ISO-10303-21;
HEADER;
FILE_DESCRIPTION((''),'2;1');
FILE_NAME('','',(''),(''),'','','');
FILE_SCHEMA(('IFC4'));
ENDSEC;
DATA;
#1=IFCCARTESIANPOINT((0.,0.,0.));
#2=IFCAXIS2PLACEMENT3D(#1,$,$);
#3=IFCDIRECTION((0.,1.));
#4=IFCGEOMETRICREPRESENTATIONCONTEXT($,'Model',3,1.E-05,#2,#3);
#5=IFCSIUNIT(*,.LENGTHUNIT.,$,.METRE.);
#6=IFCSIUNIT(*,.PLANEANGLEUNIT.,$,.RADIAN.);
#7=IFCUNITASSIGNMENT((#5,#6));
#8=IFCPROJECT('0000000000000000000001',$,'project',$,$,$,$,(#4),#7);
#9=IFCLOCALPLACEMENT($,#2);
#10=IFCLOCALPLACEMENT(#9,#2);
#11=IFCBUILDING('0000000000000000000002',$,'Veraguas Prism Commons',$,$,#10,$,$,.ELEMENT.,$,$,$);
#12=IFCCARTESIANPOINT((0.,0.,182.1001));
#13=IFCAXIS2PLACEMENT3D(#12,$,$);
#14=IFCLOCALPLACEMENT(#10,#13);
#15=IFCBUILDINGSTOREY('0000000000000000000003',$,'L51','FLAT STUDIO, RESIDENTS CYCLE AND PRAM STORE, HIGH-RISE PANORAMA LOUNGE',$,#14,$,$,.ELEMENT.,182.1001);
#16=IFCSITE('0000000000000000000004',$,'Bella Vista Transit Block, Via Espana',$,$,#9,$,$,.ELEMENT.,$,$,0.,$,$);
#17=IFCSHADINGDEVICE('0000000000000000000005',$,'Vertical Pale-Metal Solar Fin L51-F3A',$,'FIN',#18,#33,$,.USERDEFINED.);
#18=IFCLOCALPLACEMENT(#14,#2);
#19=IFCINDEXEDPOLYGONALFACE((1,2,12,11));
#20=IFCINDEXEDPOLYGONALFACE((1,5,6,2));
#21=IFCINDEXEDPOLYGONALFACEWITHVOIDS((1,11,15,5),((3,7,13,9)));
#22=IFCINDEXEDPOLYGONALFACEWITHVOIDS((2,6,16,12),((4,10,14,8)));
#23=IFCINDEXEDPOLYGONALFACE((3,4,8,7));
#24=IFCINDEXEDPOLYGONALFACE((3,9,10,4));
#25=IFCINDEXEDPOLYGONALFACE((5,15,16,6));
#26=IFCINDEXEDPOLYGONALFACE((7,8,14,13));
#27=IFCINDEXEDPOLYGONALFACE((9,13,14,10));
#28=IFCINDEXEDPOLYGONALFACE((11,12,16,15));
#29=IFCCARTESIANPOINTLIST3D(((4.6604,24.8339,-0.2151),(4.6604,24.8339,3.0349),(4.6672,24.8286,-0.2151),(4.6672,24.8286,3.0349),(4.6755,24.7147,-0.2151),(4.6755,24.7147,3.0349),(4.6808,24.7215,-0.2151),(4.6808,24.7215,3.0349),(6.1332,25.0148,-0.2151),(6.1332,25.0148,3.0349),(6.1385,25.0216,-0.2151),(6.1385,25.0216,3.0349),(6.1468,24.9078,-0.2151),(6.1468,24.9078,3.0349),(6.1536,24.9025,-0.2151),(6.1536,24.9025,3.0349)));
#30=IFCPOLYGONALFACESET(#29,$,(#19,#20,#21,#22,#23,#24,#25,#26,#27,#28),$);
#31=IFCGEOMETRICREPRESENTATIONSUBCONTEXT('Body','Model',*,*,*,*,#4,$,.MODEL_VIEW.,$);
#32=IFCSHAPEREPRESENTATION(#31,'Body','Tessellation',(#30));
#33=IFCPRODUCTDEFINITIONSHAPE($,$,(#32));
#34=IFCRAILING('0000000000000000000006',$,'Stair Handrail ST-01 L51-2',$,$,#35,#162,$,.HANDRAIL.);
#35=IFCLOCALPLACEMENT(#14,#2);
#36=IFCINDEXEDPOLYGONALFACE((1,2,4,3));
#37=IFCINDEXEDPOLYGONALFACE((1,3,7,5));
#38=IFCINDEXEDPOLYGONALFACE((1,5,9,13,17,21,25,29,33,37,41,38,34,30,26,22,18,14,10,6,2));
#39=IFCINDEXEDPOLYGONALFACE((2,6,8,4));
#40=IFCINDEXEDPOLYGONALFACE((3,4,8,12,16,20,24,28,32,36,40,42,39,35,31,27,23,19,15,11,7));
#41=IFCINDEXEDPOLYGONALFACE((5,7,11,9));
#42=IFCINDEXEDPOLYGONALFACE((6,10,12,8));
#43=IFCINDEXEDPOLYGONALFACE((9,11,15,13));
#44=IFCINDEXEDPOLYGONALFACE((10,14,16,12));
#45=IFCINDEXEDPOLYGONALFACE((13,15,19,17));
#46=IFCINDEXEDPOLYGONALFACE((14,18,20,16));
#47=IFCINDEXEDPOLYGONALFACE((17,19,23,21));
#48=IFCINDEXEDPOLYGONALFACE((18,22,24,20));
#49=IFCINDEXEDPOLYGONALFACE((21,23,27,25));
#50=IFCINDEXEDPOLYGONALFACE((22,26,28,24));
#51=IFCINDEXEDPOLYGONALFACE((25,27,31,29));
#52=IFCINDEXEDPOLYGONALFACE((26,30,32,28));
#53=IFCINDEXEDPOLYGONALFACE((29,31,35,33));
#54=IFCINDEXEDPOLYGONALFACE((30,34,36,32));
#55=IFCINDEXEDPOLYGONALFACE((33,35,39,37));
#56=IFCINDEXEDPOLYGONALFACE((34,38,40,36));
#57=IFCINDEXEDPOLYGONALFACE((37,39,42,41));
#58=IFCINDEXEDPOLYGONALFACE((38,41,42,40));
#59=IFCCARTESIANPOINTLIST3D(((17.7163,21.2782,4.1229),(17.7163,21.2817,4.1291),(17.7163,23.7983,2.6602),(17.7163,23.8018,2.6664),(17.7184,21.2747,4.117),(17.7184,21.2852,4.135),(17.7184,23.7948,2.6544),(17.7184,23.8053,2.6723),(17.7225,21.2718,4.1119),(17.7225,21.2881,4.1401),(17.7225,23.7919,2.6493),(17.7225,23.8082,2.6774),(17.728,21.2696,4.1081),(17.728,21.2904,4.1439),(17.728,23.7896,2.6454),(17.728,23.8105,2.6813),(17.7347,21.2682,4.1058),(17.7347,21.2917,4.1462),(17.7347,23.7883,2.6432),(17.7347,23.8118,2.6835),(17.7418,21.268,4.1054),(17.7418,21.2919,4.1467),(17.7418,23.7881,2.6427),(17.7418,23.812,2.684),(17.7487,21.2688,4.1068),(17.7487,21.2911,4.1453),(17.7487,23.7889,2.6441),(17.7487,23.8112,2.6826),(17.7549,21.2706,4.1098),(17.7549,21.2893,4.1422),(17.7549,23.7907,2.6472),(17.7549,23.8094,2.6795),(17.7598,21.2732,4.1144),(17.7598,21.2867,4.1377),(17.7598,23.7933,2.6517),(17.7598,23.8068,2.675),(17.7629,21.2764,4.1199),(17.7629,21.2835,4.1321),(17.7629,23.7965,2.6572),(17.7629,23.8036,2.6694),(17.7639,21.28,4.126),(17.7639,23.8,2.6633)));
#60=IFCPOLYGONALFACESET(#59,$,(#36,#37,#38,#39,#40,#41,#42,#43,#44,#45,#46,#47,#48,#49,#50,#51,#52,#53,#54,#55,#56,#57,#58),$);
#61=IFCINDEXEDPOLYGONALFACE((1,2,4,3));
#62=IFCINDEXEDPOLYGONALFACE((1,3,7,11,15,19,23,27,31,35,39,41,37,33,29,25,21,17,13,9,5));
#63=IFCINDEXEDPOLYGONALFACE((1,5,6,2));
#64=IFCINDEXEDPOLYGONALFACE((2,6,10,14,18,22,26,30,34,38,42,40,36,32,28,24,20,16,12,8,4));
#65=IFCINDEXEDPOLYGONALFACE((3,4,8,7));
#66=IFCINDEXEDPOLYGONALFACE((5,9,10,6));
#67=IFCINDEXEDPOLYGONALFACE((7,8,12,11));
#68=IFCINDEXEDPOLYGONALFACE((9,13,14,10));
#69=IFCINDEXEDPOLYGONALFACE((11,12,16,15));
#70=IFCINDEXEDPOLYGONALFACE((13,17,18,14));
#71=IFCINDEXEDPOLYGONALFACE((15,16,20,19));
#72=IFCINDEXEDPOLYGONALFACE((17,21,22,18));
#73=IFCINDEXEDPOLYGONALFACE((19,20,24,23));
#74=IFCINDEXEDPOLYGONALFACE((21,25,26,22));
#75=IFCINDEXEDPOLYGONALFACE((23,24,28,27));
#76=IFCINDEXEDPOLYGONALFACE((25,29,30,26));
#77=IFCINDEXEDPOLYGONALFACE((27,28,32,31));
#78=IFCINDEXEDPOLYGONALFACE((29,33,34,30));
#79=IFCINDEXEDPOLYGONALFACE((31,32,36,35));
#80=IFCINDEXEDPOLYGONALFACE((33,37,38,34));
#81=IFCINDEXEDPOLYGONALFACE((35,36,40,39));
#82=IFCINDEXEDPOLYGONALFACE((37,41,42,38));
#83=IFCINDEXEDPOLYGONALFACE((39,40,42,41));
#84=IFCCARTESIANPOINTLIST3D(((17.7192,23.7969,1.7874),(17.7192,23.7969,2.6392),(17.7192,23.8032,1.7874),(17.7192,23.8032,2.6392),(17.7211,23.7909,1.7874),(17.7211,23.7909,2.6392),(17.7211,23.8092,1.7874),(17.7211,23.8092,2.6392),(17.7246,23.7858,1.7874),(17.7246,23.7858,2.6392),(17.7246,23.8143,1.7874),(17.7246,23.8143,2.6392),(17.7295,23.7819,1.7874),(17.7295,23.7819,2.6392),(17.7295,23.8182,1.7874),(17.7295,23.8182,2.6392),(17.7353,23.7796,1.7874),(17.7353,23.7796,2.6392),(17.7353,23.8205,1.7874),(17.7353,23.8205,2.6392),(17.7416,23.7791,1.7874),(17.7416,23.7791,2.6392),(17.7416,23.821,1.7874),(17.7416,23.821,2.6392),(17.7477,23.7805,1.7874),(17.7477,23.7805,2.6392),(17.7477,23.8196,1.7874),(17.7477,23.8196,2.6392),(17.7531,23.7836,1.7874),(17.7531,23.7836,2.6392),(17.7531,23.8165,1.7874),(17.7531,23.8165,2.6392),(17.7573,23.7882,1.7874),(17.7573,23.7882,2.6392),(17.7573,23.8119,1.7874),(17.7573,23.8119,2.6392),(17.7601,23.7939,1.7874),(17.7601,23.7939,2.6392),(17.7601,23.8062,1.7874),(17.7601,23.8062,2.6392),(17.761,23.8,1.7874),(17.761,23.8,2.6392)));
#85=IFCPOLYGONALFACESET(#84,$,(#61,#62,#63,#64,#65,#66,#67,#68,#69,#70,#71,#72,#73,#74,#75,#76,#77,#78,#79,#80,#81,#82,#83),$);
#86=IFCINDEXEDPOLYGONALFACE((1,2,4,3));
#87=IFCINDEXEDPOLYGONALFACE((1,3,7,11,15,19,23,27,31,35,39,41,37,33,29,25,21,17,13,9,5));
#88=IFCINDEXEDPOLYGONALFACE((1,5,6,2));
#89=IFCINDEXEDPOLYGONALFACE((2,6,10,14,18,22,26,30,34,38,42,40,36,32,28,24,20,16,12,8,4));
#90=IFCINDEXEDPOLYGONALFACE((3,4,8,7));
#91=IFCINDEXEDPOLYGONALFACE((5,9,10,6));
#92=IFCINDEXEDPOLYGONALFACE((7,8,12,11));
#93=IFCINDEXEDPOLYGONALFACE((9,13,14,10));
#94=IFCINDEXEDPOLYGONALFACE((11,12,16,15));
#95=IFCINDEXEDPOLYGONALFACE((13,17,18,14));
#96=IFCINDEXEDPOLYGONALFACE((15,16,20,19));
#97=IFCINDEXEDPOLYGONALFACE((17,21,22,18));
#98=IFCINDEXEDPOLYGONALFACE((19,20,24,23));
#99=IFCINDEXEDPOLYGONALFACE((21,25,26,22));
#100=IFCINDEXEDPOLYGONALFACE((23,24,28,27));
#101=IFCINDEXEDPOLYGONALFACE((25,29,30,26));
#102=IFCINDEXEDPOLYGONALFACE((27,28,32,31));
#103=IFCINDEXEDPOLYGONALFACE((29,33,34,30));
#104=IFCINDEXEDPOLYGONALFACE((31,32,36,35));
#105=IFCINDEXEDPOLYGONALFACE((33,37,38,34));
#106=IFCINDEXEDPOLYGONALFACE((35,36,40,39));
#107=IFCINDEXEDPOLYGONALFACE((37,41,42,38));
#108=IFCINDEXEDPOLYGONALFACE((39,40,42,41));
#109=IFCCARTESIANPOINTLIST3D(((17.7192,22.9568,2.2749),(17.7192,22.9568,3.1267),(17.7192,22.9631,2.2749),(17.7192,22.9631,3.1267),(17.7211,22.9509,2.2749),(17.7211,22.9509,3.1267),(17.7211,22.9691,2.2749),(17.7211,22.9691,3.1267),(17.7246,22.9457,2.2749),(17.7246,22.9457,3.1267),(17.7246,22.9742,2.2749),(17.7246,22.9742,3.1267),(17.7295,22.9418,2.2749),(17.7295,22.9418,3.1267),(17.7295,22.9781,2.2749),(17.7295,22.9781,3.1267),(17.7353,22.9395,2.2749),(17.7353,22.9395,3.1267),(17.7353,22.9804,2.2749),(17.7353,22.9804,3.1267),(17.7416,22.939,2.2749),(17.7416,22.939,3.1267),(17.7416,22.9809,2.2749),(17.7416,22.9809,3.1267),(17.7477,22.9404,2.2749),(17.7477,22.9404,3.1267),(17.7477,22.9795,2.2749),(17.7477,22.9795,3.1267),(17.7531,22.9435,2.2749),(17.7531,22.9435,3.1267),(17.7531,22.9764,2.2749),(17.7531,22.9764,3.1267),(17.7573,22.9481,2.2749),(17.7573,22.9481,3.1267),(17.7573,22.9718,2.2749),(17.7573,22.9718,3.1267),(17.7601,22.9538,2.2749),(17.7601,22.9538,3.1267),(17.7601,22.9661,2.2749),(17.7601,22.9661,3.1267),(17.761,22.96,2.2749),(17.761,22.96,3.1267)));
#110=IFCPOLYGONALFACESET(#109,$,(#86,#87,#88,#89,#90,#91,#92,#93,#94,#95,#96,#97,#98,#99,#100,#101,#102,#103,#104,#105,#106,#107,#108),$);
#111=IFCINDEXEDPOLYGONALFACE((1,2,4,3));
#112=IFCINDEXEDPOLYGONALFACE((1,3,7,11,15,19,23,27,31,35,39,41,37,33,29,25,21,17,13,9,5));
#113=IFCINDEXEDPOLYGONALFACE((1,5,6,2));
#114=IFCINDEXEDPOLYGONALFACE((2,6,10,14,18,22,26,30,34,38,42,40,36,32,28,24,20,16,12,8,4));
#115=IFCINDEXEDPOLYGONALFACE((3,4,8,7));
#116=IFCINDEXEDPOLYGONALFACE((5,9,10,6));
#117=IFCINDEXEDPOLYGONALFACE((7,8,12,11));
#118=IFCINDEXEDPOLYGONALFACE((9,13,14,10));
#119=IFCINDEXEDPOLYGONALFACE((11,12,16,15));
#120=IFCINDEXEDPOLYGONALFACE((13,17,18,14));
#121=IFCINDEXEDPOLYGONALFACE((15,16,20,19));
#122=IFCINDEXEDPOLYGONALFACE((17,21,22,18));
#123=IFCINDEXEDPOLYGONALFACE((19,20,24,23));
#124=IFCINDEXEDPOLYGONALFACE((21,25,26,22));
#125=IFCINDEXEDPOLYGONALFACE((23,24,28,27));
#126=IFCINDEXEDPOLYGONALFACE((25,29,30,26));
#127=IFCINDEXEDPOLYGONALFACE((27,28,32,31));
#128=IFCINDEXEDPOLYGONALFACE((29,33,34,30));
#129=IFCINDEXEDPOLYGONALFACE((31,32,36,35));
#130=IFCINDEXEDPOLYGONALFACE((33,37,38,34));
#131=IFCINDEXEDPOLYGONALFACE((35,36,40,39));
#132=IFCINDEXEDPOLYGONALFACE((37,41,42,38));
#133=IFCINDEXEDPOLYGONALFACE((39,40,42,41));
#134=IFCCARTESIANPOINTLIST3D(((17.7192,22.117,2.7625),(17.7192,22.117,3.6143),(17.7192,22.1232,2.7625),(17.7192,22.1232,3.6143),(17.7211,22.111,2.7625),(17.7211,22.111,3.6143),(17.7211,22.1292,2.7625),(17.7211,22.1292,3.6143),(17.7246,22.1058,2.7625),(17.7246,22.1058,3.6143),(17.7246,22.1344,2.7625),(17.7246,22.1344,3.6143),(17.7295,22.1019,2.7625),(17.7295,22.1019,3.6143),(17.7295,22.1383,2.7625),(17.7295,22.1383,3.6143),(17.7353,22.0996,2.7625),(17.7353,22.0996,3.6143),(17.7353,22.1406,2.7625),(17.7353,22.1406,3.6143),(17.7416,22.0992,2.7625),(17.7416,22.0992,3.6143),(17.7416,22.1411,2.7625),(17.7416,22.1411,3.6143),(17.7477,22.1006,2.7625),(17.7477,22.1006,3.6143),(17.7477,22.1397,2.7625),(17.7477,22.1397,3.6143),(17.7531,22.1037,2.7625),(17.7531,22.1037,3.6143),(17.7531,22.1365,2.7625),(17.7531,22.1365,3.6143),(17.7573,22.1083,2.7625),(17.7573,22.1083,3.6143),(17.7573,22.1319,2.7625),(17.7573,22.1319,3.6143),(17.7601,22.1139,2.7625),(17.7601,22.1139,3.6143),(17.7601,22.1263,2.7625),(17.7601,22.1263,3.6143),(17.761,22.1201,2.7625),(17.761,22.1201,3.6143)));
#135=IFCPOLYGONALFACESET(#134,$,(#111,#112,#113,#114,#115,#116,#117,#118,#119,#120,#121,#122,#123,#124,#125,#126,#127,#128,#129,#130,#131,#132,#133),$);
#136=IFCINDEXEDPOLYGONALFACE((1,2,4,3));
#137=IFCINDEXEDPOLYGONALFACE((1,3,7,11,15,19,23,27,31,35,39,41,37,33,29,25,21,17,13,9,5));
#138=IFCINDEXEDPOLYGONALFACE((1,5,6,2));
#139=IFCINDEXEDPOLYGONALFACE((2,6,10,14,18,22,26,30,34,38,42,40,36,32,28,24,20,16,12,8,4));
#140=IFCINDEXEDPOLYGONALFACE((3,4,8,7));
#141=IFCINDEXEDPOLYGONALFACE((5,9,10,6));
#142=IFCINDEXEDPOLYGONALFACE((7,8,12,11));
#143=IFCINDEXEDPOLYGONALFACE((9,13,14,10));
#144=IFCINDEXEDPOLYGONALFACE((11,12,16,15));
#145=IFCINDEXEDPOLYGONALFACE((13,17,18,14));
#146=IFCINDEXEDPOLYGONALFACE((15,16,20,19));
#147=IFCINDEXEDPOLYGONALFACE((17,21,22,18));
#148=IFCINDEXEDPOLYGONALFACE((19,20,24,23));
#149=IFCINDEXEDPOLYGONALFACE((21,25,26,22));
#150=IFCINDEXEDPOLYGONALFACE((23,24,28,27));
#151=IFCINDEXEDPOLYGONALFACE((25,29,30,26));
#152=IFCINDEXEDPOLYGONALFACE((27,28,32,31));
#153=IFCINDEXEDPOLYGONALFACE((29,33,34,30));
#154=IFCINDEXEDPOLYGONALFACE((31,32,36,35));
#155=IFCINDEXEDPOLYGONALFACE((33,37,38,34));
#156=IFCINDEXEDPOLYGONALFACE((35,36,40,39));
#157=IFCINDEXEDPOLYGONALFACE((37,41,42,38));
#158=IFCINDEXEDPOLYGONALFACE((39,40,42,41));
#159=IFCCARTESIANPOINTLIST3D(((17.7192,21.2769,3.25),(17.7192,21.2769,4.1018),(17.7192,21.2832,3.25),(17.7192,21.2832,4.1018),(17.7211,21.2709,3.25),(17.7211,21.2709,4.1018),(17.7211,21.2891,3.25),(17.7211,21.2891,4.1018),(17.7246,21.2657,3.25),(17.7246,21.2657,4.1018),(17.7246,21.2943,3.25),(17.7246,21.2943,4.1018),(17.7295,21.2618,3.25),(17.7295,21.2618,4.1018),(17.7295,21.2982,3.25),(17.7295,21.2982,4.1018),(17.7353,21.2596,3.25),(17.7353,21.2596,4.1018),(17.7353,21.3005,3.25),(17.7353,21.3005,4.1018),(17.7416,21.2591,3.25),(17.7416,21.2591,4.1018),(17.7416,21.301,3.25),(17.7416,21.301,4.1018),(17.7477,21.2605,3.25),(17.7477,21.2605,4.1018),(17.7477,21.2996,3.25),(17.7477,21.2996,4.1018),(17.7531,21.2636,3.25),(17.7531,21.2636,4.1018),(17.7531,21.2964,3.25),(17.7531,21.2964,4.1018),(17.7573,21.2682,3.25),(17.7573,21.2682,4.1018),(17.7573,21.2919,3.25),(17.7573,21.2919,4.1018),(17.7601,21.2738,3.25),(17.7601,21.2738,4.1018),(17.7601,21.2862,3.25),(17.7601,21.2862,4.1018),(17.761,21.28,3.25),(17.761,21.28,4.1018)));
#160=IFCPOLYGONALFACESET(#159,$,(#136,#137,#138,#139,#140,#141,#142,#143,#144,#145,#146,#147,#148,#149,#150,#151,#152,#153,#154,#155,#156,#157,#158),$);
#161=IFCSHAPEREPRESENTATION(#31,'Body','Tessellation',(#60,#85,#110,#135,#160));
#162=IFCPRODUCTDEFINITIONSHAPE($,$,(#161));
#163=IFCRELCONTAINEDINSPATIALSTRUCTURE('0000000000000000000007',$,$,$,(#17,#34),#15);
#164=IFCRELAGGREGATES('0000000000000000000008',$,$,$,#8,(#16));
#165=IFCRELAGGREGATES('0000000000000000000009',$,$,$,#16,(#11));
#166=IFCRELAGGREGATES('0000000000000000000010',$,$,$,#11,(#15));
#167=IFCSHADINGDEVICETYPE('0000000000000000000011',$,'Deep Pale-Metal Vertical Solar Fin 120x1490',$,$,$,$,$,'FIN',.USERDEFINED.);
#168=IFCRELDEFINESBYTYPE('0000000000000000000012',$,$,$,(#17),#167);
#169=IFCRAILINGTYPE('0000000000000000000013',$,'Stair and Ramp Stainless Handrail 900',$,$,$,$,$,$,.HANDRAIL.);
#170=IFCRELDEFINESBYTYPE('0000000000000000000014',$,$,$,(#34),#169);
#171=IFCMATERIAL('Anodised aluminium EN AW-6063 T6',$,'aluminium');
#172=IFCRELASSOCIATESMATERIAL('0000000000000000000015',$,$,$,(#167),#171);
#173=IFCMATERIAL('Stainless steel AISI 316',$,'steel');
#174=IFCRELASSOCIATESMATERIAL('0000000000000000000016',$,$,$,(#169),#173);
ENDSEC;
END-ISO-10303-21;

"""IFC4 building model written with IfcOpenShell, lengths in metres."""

from ifc_helpers import new_model, si_unit, direction, frame, origin, origin_2d, place, context, subcontext, project, spatial, hollow_rectangle, circle, extrude, material, material_profile, profile_set, type_object, element, save


model = new_model("IFC4")

# Units and contexts
model_context = context("Model", 3, precision=1e-05, world=origin(), true_north=direction((0.0, 1.0)))
body_context = subcontext(model_context, "Body", "Model", "MODEL_VIEW")
ifc_project = project(units=[si_unit("LENGTHUNIT", "METRE"), si_unit("PLANEANGLEUNIT", "RADIAN")], contexts=[model_context])

# Site, building, storey
site_placement = place(None, origin())
site = spatial("IfcSite", under=ifc_project, at=site_placement, Name="Bella Vista Transit Block, Via Espana", CompositionType="ELEMENT", RefElevation=0.0)
building_placement = place(site_placement, origin())
building = spatial("IfcBuilding", under=site, at=building_placement, Name="Veraguas Prism Commons", CompositionType="ELEMENT")
storey_placement = place(building_placement, frame((0.0, 0.0, 182.1001)))
storey = spatial("IfcBuildingStorey", under=building, at=storey_placement, Name="L51", Description="FLAT STUDIO, RESIDENTS CYCLE AND PRAM STORE, HIGH-RISE PANORAMA LOUNGE", CompositionType="ELEMENT", Elevation=182.1001)

# Shared definitions
ifc_material_1 = material(Name="Anodised aluminium EN AW-6063 T6", Category="aluminium")

# Shading device
ifc_material_profile_1 = material_profile(ifc_material_1, hollow_rectangle(XDim=0.1201, YDim=1.49, WallThickness=0.0061, at=origin_2d()), Name="FIN120X1490X6")
ifc_profile_set_1 = profile_set([ifc_material_profile_1], Name="Anodised aluminium EN AW-6063 T6")
shading_device_type = type_object("IfcShadingDeviceType", Name="Deep Pale-Metal Vertical Solar Fin 120x1490", ElementType="FIN", PredefinedType="USERDEFINED", material=ifc_profile_set_1)
shading_device_placement = place(storey_placement, frame((5.407, 24.8682, -0.2151), z_axis=(0.0, 0.0, 1.0), x_axis=(0.126024, -0.992027, 0.0)))
element("IfcShadingDevice", 1, at=shading_device_placement, inside=storey, type_object=shading_device_type, Name="Vertical Pale-Metal Solar Fin L51-F3A", ObjectType="FIN", PredefinedType="USERDEFINED", context=body_context, shape_type="SweptSolid", body=[
    extrude(hollow_rectangle(XDim=0.1201, YDim=1.49, WallThickness=0.0061, at=origin_2d()), origin(), (0.0, 0.0, 1.0), 3.25),
])

# Railing
ifc_material_2 = material(Name="Stainless steel AISI 316", Category="steel")
railing_type_1 = type_object("IfcRailingType", Name="Stair and Ramp Stainless Handrail 900", PredefinedType="HANDRAIL", material=ifc_material_2)
railing_1_placement = place(storey_placement, frame((17.74, 23.8, 1.7874)))
element("IfcRailing", 2, at=railing_1_placement, inside=storey, type_object=railing_type_1, Name="Stair Handrail ST-01 L51-2", PredefinedType="HANDRAIL", context=body_context, shape_type="SweptSolid", body=[
    extrude(circle(Radius=0.0239, at=origin_2d()), frame((0.0, 0.0, 0.876), z_axis=(0.0, -0.864877, 0.501984), x_axis=(1.0, 0.0, 0.0)), (0.0, 0.0, 1.0), 2.9138),
    extrude(circle(Radius=0.021, at=origin_2d()), origin(), (0.0, 0.0, 1.0), 0.8518),
    extrude(circle(Radius=0.021, at=origin_2d()), frame((0.0, -0.8401, 0.4875)), (0.0, 0.0, 1.0), 0.8518),
    extrude(circle(Radius=0.021, at=origin_2d()), frame((0.0, -1.6799, 0.9751)), (0.0, 0.0, 1.0), 0.8518),
    extrude(circle(Radius=0.021, at=origin_2d()), frame((0.0, -2.52, 1.4626)), (0.0, 0.0, 1.0), 0.8518),
])

save(model, "model.ifc")
